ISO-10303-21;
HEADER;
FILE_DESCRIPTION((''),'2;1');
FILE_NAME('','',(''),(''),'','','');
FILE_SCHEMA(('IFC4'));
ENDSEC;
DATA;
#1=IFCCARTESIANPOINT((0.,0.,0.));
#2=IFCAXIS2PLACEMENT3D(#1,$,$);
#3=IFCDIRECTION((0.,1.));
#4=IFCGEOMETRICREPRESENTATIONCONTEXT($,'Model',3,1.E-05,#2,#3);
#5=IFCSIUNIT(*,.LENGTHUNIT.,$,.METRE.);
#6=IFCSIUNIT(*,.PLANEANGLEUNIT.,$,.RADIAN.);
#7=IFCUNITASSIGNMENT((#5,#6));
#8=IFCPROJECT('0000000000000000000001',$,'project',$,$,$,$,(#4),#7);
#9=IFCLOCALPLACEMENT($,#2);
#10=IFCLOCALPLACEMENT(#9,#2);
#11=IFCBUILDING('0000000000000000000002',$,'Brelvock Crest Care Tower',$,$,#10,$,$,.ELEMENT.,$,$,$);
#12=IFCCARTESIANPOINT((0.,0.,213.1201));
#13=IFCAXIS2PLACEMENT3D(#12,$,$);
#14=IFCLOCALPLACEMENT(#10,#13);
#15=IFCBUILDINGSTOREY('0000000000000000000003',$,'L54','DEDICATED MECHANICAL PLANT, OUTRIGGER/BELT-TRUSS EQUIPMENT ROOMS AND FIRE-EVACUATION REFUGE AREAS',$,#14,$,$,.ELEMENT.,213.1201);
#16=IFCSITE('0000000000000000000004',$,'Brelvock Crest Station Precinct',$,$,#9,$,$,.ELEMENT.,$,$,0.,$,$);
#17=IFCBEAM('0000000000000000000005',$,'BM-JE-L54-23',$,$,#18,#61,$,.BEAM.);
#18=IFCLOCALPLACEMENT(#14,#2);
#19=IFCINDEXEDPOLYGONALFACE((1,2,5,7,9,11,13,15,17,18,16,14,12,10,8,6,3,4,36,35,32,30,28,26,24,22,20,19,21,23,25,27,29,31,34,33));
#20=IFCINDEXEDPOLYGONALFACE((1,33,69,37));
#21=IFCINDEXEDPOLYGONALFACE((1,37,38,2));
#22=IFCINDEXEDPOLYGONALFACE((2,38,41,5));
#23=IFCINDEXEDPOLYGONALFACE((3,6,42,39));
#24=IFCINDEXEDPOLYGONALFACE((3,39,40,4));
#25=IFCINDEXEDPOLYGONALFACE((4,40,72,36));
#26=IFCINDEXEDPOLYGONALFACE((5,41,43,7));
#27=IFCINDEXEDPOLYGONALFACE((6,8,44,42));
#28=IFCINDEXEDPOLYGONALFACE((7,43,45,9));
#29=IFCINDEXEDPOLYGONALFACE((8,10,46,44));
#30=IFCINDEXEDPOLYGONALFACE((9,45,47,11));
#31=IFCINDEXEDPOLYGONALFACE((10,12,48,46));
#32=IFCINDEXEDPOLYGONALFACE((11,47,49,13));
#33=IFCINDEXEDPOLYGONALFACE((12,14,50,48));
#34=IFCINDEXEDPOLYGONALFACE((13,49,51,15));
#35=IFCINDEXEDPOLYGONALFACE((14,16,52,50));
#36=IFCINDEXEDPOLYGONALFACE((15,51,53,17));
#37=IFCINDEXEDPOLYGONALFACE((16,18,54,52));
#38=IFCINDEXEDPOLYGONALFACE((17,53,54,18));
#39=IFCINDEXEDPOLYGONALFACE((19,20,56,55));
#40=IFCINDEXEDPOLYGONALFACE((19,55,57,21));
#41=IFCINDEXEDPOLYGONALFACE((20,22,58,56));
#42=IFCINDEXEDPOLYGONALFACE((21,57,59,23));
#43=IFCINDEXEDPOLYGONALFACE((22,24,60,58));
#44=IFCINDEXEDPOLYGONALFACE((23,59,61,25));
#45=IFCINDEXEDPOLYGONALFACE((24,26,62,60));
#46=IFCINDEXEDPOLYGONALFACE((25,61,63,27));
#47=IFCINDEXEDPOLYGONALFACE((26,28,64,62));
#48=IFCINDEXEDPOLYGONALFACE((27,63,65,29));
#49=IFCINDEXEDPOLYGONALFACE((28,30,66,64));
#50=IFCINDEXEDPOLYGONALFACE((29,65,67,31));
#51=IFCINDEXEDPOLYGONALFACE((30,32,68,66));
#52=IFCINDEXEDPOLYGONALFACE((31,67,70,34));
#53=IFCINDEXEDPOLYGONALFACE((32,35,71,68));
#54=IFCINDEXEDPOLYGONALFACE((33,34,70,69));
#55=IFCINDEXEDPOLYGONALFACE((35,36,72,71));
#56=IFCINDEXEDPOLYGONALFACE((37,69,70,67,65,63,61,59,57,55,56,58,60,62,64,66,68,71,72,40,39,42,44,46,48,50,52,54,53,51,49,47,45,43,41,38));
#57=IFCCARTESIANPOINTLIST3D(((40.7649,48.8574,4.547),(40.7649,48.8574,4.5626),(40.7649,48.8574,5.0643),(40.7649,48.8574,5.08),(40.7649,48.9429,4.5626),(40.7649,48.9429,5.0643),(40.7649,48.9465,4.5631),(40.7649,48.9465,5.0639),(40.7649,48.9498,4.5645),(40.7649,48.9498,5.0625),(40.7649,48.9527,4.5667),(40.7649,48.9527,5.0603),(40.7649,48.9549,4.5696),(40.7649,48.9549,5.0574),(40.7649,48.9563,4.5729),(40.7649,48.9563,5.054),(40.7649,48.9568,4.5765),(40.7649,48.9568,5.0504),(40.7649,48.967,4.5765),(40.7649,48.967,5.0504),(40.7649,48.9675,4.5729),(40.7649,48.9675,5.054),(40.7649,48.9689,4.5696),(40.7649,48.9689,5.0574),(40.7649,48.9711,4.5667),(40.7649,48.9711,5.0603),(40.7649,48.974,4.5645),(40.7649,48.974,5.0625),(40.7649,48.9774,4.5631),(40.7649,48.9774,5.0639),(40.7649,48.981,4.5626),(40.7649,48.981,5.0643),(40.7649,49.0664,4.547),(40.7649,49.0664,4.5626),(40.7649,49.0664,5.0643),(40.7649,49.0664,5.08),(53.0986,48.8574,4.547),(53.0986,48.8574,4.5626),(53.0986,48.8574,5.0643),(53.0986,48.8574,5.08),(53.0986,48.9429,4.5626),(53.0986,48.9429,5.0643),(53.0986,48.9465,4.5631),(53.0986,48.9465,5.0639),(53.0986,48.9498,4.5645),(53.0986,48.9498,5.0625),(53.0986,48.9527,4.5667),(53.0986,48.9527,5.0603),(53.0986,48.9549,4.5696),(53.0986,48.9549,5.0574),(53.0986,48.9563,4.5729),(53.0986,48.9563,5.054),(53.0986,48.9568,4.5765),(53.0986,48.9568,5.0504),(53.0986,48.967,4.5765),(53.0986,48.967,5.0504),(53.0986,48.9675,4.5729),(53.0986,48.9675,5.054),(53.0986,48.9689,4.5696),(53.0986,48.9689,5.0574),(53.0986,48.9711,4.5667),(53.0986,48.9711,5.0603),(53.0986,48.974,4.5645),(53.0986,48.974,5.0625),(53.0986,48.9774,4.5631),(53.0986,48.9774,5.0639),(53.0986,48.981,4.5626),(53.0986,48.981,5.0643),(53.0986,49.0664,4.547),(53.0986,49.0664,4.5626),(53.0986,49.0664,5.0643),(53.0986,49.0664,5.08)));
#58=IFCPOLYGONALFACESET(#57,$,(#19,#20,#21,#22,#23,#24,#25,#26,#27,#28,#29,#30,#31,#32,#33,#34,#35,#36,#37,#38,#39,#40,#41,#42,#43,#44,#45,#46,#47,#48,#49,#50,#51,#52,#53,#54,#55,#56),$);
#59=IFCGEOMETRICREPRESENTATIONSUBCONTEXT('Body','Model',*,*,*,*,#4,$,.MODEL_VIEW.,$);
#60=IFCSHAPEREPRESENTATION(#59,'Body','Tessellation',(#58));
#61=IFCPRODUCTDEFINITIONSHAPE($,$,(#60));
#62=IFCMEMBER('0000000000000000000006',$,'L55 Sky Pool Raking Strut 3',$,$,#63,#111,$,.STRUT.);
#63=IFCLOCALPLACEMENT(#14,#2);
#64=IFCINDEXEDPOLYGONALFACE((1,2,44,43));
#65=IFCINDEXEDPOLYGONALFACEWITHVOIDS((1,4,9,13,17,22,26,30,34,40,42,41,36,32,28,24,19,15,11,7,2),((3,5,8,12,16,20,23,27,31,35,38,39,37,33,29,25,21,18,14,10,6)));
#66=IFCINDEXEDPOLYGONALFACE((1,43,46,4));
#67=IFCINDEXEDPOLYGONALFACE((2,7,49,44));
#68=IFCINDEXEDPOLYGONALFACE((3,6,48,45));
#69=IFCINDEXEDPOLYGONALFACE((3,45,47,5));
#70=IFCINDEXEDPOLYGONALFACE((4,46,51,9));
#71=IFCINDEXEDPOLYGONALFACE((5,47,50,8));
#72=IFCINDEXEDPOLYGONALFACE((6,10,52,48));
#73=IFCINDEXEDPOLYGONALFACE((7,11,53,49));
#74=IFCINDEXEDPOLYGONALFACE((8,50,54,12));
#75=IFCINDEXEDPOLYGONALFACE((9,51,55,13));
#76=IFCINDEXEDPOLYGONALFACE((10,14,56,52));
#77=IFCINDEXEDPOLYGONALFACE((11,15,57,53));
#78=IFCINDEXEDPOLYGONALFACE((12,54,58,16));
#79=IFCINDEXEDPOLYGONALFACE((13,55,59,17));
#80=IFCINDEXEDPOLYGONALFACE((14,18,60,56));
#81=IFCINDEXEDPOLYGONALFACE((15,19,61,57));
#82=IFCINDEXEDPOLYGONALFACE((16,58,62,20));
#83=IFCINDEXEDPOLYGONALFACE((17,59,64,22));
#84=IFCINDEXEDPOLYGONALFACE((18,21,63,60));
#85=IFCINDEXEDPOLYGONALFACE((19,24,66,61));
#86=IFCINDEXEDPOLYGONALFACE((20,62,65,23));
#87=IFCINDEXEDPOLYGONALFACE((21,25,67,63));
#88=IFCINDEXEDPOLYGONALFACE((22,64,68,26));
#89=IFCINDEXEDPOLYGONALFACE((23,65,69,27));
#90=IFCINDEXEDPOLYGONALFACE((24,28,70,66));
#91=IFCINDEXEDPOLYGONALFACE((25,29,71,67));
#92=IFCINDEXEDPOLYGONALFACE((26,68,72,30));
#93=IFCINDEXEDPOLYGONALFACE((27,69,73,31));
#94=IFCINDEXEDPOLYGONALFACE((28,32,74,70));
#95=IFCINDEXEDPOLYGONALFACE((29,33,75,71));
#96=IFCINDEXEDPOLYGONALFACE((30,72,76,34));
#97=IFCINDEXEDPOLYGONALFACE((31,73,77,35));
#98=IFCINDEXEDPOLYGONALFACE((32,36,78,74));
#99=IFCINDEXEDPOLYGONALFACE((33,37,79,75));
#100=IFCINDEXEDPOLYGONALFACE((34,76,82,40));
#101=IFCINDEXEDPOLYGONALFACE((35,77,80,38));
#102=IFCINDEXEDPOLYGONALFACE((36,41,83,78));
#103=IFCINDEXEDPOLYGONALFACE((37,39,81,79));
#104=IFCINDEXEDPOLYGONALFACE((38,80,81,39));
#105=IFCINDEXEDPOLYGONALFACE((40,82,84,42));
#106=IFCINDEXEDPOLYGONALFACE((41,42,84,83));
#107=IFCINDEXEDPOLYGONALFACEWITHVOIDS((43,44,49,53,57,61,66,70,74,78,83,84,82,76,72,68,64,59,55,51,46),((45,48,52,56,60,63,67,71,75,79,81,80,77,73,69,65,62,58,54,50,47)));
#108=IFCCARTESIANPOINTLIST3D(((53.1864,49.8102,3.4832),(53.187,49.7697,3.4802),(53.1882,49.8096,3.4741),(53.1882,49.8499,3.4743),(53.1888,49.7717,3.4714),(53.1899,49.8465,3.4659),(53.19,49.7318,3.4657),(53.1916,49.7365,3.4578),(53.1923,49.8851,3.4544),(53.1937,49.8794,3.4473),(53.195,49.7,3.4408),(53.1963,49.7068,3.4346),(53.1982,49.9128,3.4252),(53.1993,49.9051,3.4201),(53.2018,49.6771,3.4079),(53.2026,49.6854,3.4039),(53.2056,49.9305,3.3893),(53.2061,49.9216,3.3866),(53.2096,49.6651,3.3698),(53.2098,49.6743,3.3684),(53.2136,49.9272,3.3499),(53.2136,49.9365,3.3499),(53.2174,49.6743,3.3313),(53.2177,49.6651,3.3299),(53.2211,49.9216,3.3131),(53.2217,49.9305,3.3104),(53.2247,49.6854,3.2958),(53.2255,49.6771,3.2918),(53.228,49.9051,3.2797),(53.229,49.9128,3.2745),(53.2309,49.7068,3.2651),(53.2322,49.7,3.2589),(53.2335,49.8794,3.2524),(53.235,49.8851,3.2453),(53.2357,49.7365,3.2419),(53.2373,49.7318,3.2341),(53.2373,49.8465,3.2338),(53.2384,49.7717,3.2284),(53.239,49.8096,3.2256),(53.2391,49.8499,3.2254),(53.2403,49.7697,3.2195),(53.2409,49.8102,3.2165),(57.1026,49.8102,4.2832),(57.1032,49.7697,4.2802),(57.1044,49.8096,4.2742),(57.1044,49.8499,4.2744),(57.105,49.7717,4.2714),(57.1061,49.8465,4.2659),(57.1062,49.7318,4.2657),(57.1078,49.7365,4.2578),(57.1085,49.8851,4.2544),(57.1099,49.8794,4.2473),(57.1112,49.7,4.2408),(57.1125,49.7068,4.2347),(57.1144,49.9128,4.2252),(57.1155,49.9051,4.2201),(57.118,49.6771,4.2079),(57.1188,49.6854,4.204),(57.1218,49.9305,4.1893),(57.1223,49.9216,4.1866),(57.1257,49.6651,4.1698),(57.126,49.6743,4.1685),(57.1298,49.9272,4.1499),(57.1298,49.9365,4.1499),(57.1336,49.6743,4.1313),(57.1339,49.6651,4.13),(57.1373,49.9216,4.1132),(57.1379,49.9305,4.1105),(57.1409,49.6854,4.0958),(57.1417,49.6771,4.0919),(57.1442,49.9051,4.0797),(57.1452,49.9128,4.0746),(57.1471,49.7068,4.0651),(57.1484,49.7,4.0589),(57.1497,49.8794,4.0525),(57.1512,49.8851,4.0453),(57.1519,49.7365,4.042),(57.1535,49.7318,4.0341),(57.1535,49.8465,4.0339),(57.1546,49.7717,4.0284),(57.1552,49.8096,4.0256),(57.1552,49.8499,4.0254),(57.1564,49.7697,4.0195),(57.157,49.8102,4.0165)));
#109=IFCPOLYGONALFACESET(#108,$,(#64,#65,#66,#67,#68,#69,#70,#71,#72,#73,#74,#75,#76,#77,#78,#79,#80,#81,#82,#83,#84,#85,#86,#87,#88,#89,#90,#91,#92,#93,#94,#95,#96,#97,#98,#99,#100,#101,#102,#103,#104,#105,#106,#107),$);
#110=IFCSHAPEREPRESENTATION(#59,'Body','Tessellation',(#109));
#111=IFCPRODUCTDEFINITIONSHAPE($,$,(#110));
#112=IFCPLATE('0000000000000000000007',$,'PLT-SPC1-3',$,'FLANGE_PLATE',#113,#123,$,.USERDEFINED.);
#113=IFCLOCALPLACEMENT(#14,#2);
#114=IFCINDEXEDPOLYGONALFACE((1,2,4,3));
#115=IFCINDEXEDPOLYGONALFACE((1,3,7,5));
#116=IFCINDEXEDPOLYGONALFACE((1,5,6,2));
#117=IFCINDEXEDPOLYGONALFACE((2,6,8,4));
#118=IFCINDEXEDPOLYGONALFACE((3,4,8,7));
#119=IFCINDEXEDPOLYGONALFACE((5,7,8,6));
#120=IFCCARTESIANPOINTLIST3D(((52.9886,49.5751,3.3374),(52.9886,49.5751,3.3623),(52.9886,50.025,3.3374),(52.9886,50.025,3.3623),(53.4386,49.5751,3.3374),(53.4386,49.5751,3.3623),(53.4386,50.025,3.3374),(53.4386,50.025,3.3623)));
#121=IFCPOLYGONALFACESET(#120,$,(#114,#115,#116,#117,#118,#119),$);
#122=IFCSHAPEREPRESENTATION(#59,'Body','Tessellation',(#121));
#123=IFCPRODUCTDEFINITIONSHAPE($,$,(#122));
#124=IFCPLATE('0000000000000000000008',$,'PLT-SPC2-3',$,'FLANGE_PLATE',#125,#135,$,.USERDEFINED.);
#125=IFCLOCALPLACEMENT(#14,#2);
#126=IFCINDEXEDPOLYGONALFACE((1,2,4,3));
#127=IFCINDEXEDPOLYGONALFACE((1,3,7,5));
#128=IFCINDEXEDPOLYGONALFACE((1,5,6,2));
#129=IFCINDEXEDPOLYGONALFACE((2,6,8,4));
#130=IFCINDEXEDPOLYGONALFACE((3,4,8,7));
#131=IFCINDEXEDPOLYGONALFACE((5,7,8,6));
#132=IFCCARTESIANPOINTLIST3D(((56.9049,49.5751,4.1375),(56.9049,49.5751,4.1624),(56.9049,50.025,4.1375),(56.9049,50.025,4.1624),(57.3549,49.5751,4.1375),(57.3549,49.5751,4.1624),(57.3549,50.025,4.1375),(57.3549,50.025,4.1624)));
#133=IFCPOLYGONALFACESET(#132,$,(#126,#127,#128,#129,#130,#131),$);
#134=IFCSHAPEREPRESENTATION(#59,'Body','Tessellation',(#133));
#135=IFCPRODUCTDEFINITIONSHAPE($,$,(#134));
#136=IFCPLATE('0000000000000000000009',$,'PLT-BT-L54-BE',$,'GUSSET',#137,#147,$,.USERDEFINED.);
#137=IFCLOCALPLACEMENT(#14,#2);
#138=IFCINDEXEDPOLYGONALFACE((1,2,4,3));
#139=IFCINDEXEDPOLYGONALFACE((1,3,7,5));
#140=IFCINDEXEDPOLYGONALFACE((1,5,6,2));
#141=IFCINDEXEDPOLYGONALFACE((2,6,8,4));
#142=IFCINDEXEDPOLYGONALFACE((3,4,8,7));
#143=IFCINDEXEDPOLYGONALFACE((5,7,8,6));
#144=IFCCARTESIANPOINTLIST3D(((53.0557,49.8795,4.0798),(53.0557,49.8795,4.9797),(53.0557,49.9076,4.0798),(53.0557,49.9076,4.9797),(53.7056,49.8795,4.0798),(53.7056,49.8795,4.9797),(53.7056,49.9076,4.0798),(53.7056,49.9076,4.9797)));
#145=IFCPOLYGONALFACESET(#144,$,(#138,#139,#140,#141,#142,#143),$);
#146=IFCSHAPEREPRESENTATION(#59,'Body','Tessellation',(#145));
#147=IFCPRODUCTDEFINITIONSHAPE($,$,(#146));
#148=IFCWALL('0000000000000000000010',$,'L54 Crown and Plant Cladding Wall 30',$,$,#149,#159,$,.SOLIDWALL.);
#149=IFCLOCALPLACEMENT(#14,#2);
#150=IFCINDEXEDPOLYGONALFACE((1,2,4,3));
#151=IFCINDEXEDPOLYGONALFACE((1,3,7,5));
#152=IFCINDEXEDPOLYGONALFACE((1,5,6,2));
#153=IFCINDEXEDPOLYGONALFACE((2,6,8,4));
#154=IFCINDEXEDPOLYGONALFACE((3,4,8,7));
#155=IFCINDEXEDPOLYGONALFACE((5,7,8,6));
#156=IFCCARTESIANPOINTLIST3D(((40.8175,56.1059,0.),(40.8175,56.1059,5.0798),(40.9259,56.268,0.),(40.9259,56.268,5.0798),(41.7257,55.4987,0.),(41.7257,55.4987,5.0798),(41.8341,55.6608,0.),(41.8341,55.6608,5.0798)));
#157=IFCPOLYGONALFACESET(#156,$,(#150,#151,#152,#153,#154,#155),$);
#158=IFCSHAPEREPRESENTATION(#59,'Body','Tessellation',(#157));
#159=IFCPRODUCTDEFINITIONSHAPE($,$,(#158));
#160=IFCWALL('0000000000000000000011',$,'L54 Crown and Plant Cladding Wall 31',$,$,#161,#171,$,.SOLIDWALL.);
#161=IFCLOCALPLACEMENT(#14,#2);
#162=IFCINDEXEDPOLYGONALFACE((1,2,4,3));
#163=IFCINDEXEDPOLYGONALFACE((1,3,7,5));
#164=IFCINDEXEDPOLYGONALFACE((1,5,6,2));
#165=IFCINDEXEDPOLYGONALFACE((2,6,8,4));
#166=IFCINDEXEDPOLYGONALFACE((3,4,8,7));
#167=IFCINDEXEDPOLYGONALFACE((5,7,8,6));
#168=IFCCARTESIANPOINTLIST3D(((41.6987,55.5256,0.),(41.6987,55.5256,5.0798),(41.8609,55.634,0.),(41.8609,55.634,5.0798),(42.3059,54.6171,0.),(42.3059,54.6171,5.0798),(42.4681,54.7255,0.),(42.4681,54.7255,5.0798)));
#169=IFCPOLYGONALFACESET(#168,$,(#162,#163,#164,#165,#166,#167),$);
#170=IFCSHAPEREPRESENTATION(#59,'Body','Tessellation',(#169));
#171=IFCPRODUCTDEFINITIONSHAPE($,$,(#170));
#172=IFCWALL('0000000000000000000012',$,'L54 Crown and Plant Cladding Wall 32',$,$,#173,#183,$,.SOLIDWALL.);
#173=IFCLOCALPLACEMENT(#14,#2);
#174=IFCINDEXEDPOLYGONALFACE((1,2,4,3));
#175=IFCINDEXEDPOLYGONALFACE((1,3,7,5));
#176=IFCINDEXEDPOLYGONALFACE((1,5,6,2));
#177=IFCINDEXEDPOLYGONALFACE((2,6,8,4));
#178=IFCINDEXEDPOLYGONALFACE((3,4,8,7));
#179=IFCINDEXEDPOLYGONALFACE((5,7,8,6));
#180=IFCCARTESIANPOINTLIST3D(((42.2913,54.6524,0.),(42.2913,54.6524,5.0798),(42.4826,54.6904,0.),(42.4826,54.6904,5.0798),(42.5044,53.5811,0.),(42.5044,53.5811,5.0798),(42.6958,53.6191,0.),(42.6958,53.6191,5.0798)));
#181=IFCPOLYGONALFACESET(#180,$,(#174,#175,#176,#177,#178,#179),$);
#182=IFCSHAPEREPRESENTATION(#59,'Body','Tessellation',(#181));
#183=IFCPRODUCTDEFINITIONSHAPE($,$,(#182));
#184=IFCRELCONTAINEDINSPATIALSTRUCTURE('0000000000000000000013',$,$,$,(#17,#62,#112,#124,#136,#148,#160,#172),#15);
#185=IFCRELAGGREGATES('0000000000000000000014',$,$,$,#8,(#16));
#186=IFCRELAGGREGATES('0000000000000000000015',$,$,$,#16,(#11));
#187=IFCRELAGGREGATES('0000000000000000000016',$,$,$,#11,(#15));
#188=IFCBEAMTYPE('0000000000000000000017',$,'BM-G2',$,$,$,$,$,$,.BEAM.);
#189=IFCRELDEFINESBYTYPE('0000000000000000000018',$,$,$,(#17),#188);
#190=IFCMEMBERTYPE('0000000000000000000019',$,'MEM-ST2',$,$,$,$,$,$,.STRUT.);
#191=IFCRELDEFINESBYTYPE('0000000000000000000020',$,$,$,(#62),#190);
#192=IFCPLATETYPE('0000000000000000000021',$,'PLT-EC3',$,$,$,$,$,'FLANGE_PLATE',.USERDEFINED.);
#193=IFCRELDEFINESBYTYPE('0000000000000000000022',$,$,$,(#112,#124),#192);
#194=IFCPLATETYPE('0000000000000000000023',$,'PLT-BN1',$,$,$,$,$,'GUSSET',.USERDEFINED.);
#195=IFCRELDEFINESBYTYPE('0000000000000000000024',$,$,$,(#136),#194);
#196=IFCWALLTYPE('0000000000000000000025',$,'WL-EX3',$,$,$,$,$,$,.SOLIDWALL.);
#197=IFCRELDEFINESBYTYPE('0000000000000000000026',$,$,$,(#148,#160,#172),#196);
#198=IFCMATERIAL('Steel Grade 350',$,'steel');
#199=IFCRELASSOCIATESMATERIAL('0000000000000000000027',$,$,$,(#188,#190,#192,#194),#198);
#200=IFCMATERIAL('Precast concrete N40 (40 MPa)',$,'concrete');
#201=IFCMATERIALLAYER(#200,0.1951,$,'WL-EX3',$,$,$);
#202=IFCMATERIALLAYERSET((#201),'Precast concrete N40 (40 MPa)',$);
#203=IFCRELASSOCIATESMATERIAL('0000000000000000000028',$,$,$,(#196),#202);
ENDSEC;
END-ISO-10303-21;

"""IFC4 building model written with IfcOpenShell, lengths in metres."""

from ifc_helpers import new_model, si_unit, direction, frame, frame_2d, origin, origin_2d, place, context, subcontext, project, spatial, rectangle, hollow_circle, i_section, extrude, source, transform, mapped, material, layer, layer_set, material_profile, profile_set, type_object, element, save


model = new_model("IFC4")

# Units and contexts
model_context = context("Model", 3, precision=1e-05, world=origin(), true_north=direction((0.0, 1.0)))
body_context = subcontext(model_context, "Body", "Model", "MODEL_VIEW")
ifc_project = project(units=[si_unit("LENGTHUNIT", "METRE"), si_unit("PLANEANGLEUNIT", "RADIAN")], contexts=[model_context])

# Site, building, storey
site_placement = place(None, origin())
site = spatial("IfcSite", under=ifc_project, at=site_placement, Name="Brelvock Crest Station Precinct", CompositionType="ELEMENT", RefElevation=0.0)
building_placement = place(site_placement, origin())
building = spatial("IfcBuilding", under=site, at=building_placement, Name="Brelvock Crest Care Tower", CompositionType="ELEMENT")
storey_placement = place(building_placement, frame((0.0, 0.0, 213.1201)))
storey = spatial("IfcBuildingStorey", under=building, at=storey_placement, Name="L54", Description="DEDICATED MECHANICAL PLANT, OUTRIGGER/BELT-TRUSS EQUIPMENT ROOMS AND FIRE-EVACUATION REFUGE AREAS", CompositionType="ELEMENT", Elevation=213.1201)

# Beam
ifc_material_1 = material(Name="Steel Grade 350", Category="steel")
ifc_material_profile_1 = material_profile(ifc_material_1, i_section(OverallWidth=0.209, OverallDepth=0.533, WebThickness=0.0103, FlangeThickness=0.0156, FilletRadius=0.0139, at=origin_2d()), Name="530UB92.4")
ifc_profile_set_1 = profile_set([ifc_material_profile_1], Name="Steel Grade 350")
beam_type_1 = type_object("IfcBeamType", Name="BM-G2", PredefinedType="BEAM", material=ifc_profile_set_1)
shared_shape_1 = source(origin(), body_context, "Body", "SweptSolid", [
    extrude(i_section(OverallWidth=0.209, OverallDepth=0.533, WebThickness=0.0103, FlangeThickness=0.0156, FilletRadius=0.0139, at=origin_2d()), origin(), (0.0, 0.0, 1.0), 12.3337),
])
for number, where, z_axis, x_axis, name in (
    (1, (40.7649, 48.9619, 4.8135), (1.0, 0.0, 0.0), (0.0, 1.0, 0.0), "BM-JE-L54-23"),
):
    element("IfcBeam", number, at=place(storey_placement, frame(where, z_axis=z_axis, x_axis=x_axis)), inside=storey, type_object=beam_type_1, Name=name, PredefinedType="BEAM", context=body_context, shape_type="MappedRepresentation", body=[
        mapped(shared_shape_1, transform((0.0, 0.0, 0.0), x_axis=(1.0, 0.0, 0.0), y_axis=(0.0, 1.0, 0.0), z_axis=(0.0, 0.0, 1.0), scale=1.0)),
    ])

# Member
ifc_material_profile_2 = material_profile(ifc_material_1, hollow_circle(Radius=0.1365, WallThickness=0.0093, at=origin_2d()), Name="CHS273.1x9.3")
ifc_profile_set_2 = profile_set([ifc_material_profile_2], Name="Steel Grade 350")
member_type = type_object("IfcMemberType", Name="MEM-ST2", PredefinedType="STRUT", material=ifc_profile_set_2)
shared_shape_2 = source(origin(), body_context, "Body", "SweptSolid", [
    extrude(hollow_circle(Radius=0.1365, WallThickness=0.0093, at=origin_2d()), origin(), (0.0, 0.0, 1.0), 3.9971),
])
member_placement = place(storey_placement, frame((53.2136, 49.8, 3.3499), z_axis=(0.979764, 0.0, 0.200155), x_axis=(0.0, 1.0, 0.0)))
element("IfcMember", 2, at=member_placement, inside=storey, type_object=member_type, Name="L55 Sky Pool Raking Strut 3", PredefinedType="STRUT", context=body_context, shape_type="MappedRepresentation", body=[
    mapped(shared_shape_2, transform((0.0, 0.0, 0.0), x_axis=(1.0, 0.0, 0.0), y_axis=(0.0, 1.0, 0.0), z_axis=(0.0, 0.0, 1.0), scale=1.0)),
])

# Plates
plate_type_1 = type_object("IfcPlateType", Name="PLT-EC3", ElementType="FLANGE_PLATE", PredefinedType="USERDEFINED", material=ifc_material_1)
shared_shape_3 = source(origin(), body_context, "Body", "SweptSolid", [
    extrude(rectangle(XDim=0.45, YDim=0.45, at=origin_2d()), origin(), (0.0, 0.0, 1.0), 0.0249),
])
for number, where, z_axis, x_axis, name in (
    (3, (53.2136, 49.8, 3.3374), (0.0, 0.0, 1.0), (1.0, 0.0, 0.0), "PLT-SPC1-3"),
    (4, (57.1299, 49.8, 4.1375), (0.0, 0.0, 1.0), (1.0, 0.0, 0.0), "PLT-SPC2-3"),
):
    element("IfcPlate", number, at=place(storey_placement, frame(where, z_axis=z_axis, x_axis=x_axis)), inside=storey, type_object=plate_type_1, Name=name, ObjectType="FLANGE_PLATE", PredefinedType="USERDEFINED", context=body_context, shape_type="MappedRepresentation", body=[
        mapped(shared_shape_3, transform((0.0, 0.0, 0.0), x_axis=(1.0, 0.0, 0.0), y_axis=(0.0, 1.0, 0.0), z_axis=(0.0, 0.0, 1.0), scale=1.0)),
    ])
plate_type_2 = type_object("IfcPlateType", Name="PLT-BN1", ElementType="GUSSET", PredefinedType="USERDEFINED", material=ifc_material_1)
shared_shape_4 = source(origin(), body_context, "Body", "SweptSolid", [
    extrude(rectangle(XDim=0.6499, YDim=0.0281, at=origin_2d()), origin(), (0.0, 0.0, 1.0), 0.8999),
])
plate_placement = place(storey_placement, frame((53.3806, 49.8936, 4.0798), z_axis=(0.0, 0.0, 1.0), x_axis=(1.0, 0.0, 0.0)))
element("IfcPlate", 5, at=plate_placement, inside=storey, type_object=plate_type_2, Name="PLT-BT-L54-BE", ObjectType="GUSSET", PredefinedType="USERDEFINED", context=body_context, shape_type="MappedRepresentation", body=[
    mapped(shared_shape_4, transform((0.0, 0.0, 0.0), x_axis=(1.0, 0.0, 0.0), y_axis=(0.0, 1.0, 0.0), z_axis=(0.0, 0.0, 1.0), scale=1.0)),
])

# Walls
ifc_material_2 = material(Name="Precast concrete N40 (40 MPa)", Category="concrete")
ifc_layer = layer(ifc_material_2, 0.1951, Name="WL-EX3")
ifc_layer_set = layer_set([ifc_layer], Name="Precast concrete N40 (40 MPa)")
wall_type = type_object("IfcWallType", Name="WL-EX3", PredefinedType="SOLIDWALL", material=ifc_layer_set)
wall_1_placement = place(storey_placement, frame((40.8716, 56.187, 0.0), z_axis=(0.0, 0.0, 1.0), x_axis=(0.831328, -0.555783, 0.0)))
element("IfcWall", 6, at=wall_1_placement, inside=storey, type_object=wall_type, Name="L54 Crown and Plant Cladding Wall 30", PredefinedType="SOLIDWALL", context=body_context, shape_type="SweptSolid", body=[
    extrude(rectangle(XDim=1.0925, YDim=0.1951, at=frame_2d((0.5464, 0.0))), origin(), (0.0, 0.0, 1.0), 5.0798),
])
wall_2_placement = place(storey_placement, frame((41.7798, 55.5798, 0.0), z_axis=(0.0, 0.0, 1.0), x_axis=(0.555679, -0.831397, 0.0)))
element("IfcWall", 7, at=wall_2_placement, inside=storey, type_object=wall_type, Name="L54 Crown and Plant Cladding Wall 31", PredefinedType="SOLIDWALL", context=body_context, shape_type="SweptSolid", body=[
    extrude(rectangle(XDim=1.0928, YDim=0.1951, at=frame_2d((0.5464, 0.0))), origin(), (0.0, 0.0, 1.0), 5.0798),
])
wall_3_placement = place(storey_placement, frame((42.387, 54.6714, 0.0), z_axis=(0.0, 0.0, 1.0), x_axis=(0.195127, -0.980778, 0.0)))
element("IfcWall", 8, at=wall_3_placement, inside=storey, type_object=wall_type, Name="L54 Crown and Plant Cladding Wall 32", PredefinedType="SOLIDWALL", context=body_context, shape_type="SweptSolid", body=[
    extrude(rectangle(XDim=1.0923, YDim=0.1951, at=frame_2d((0.5461, 0.0))), origin(), (0.0, 0.0, 1.0), 5.0798),
])

save(model, "model.ifc")
